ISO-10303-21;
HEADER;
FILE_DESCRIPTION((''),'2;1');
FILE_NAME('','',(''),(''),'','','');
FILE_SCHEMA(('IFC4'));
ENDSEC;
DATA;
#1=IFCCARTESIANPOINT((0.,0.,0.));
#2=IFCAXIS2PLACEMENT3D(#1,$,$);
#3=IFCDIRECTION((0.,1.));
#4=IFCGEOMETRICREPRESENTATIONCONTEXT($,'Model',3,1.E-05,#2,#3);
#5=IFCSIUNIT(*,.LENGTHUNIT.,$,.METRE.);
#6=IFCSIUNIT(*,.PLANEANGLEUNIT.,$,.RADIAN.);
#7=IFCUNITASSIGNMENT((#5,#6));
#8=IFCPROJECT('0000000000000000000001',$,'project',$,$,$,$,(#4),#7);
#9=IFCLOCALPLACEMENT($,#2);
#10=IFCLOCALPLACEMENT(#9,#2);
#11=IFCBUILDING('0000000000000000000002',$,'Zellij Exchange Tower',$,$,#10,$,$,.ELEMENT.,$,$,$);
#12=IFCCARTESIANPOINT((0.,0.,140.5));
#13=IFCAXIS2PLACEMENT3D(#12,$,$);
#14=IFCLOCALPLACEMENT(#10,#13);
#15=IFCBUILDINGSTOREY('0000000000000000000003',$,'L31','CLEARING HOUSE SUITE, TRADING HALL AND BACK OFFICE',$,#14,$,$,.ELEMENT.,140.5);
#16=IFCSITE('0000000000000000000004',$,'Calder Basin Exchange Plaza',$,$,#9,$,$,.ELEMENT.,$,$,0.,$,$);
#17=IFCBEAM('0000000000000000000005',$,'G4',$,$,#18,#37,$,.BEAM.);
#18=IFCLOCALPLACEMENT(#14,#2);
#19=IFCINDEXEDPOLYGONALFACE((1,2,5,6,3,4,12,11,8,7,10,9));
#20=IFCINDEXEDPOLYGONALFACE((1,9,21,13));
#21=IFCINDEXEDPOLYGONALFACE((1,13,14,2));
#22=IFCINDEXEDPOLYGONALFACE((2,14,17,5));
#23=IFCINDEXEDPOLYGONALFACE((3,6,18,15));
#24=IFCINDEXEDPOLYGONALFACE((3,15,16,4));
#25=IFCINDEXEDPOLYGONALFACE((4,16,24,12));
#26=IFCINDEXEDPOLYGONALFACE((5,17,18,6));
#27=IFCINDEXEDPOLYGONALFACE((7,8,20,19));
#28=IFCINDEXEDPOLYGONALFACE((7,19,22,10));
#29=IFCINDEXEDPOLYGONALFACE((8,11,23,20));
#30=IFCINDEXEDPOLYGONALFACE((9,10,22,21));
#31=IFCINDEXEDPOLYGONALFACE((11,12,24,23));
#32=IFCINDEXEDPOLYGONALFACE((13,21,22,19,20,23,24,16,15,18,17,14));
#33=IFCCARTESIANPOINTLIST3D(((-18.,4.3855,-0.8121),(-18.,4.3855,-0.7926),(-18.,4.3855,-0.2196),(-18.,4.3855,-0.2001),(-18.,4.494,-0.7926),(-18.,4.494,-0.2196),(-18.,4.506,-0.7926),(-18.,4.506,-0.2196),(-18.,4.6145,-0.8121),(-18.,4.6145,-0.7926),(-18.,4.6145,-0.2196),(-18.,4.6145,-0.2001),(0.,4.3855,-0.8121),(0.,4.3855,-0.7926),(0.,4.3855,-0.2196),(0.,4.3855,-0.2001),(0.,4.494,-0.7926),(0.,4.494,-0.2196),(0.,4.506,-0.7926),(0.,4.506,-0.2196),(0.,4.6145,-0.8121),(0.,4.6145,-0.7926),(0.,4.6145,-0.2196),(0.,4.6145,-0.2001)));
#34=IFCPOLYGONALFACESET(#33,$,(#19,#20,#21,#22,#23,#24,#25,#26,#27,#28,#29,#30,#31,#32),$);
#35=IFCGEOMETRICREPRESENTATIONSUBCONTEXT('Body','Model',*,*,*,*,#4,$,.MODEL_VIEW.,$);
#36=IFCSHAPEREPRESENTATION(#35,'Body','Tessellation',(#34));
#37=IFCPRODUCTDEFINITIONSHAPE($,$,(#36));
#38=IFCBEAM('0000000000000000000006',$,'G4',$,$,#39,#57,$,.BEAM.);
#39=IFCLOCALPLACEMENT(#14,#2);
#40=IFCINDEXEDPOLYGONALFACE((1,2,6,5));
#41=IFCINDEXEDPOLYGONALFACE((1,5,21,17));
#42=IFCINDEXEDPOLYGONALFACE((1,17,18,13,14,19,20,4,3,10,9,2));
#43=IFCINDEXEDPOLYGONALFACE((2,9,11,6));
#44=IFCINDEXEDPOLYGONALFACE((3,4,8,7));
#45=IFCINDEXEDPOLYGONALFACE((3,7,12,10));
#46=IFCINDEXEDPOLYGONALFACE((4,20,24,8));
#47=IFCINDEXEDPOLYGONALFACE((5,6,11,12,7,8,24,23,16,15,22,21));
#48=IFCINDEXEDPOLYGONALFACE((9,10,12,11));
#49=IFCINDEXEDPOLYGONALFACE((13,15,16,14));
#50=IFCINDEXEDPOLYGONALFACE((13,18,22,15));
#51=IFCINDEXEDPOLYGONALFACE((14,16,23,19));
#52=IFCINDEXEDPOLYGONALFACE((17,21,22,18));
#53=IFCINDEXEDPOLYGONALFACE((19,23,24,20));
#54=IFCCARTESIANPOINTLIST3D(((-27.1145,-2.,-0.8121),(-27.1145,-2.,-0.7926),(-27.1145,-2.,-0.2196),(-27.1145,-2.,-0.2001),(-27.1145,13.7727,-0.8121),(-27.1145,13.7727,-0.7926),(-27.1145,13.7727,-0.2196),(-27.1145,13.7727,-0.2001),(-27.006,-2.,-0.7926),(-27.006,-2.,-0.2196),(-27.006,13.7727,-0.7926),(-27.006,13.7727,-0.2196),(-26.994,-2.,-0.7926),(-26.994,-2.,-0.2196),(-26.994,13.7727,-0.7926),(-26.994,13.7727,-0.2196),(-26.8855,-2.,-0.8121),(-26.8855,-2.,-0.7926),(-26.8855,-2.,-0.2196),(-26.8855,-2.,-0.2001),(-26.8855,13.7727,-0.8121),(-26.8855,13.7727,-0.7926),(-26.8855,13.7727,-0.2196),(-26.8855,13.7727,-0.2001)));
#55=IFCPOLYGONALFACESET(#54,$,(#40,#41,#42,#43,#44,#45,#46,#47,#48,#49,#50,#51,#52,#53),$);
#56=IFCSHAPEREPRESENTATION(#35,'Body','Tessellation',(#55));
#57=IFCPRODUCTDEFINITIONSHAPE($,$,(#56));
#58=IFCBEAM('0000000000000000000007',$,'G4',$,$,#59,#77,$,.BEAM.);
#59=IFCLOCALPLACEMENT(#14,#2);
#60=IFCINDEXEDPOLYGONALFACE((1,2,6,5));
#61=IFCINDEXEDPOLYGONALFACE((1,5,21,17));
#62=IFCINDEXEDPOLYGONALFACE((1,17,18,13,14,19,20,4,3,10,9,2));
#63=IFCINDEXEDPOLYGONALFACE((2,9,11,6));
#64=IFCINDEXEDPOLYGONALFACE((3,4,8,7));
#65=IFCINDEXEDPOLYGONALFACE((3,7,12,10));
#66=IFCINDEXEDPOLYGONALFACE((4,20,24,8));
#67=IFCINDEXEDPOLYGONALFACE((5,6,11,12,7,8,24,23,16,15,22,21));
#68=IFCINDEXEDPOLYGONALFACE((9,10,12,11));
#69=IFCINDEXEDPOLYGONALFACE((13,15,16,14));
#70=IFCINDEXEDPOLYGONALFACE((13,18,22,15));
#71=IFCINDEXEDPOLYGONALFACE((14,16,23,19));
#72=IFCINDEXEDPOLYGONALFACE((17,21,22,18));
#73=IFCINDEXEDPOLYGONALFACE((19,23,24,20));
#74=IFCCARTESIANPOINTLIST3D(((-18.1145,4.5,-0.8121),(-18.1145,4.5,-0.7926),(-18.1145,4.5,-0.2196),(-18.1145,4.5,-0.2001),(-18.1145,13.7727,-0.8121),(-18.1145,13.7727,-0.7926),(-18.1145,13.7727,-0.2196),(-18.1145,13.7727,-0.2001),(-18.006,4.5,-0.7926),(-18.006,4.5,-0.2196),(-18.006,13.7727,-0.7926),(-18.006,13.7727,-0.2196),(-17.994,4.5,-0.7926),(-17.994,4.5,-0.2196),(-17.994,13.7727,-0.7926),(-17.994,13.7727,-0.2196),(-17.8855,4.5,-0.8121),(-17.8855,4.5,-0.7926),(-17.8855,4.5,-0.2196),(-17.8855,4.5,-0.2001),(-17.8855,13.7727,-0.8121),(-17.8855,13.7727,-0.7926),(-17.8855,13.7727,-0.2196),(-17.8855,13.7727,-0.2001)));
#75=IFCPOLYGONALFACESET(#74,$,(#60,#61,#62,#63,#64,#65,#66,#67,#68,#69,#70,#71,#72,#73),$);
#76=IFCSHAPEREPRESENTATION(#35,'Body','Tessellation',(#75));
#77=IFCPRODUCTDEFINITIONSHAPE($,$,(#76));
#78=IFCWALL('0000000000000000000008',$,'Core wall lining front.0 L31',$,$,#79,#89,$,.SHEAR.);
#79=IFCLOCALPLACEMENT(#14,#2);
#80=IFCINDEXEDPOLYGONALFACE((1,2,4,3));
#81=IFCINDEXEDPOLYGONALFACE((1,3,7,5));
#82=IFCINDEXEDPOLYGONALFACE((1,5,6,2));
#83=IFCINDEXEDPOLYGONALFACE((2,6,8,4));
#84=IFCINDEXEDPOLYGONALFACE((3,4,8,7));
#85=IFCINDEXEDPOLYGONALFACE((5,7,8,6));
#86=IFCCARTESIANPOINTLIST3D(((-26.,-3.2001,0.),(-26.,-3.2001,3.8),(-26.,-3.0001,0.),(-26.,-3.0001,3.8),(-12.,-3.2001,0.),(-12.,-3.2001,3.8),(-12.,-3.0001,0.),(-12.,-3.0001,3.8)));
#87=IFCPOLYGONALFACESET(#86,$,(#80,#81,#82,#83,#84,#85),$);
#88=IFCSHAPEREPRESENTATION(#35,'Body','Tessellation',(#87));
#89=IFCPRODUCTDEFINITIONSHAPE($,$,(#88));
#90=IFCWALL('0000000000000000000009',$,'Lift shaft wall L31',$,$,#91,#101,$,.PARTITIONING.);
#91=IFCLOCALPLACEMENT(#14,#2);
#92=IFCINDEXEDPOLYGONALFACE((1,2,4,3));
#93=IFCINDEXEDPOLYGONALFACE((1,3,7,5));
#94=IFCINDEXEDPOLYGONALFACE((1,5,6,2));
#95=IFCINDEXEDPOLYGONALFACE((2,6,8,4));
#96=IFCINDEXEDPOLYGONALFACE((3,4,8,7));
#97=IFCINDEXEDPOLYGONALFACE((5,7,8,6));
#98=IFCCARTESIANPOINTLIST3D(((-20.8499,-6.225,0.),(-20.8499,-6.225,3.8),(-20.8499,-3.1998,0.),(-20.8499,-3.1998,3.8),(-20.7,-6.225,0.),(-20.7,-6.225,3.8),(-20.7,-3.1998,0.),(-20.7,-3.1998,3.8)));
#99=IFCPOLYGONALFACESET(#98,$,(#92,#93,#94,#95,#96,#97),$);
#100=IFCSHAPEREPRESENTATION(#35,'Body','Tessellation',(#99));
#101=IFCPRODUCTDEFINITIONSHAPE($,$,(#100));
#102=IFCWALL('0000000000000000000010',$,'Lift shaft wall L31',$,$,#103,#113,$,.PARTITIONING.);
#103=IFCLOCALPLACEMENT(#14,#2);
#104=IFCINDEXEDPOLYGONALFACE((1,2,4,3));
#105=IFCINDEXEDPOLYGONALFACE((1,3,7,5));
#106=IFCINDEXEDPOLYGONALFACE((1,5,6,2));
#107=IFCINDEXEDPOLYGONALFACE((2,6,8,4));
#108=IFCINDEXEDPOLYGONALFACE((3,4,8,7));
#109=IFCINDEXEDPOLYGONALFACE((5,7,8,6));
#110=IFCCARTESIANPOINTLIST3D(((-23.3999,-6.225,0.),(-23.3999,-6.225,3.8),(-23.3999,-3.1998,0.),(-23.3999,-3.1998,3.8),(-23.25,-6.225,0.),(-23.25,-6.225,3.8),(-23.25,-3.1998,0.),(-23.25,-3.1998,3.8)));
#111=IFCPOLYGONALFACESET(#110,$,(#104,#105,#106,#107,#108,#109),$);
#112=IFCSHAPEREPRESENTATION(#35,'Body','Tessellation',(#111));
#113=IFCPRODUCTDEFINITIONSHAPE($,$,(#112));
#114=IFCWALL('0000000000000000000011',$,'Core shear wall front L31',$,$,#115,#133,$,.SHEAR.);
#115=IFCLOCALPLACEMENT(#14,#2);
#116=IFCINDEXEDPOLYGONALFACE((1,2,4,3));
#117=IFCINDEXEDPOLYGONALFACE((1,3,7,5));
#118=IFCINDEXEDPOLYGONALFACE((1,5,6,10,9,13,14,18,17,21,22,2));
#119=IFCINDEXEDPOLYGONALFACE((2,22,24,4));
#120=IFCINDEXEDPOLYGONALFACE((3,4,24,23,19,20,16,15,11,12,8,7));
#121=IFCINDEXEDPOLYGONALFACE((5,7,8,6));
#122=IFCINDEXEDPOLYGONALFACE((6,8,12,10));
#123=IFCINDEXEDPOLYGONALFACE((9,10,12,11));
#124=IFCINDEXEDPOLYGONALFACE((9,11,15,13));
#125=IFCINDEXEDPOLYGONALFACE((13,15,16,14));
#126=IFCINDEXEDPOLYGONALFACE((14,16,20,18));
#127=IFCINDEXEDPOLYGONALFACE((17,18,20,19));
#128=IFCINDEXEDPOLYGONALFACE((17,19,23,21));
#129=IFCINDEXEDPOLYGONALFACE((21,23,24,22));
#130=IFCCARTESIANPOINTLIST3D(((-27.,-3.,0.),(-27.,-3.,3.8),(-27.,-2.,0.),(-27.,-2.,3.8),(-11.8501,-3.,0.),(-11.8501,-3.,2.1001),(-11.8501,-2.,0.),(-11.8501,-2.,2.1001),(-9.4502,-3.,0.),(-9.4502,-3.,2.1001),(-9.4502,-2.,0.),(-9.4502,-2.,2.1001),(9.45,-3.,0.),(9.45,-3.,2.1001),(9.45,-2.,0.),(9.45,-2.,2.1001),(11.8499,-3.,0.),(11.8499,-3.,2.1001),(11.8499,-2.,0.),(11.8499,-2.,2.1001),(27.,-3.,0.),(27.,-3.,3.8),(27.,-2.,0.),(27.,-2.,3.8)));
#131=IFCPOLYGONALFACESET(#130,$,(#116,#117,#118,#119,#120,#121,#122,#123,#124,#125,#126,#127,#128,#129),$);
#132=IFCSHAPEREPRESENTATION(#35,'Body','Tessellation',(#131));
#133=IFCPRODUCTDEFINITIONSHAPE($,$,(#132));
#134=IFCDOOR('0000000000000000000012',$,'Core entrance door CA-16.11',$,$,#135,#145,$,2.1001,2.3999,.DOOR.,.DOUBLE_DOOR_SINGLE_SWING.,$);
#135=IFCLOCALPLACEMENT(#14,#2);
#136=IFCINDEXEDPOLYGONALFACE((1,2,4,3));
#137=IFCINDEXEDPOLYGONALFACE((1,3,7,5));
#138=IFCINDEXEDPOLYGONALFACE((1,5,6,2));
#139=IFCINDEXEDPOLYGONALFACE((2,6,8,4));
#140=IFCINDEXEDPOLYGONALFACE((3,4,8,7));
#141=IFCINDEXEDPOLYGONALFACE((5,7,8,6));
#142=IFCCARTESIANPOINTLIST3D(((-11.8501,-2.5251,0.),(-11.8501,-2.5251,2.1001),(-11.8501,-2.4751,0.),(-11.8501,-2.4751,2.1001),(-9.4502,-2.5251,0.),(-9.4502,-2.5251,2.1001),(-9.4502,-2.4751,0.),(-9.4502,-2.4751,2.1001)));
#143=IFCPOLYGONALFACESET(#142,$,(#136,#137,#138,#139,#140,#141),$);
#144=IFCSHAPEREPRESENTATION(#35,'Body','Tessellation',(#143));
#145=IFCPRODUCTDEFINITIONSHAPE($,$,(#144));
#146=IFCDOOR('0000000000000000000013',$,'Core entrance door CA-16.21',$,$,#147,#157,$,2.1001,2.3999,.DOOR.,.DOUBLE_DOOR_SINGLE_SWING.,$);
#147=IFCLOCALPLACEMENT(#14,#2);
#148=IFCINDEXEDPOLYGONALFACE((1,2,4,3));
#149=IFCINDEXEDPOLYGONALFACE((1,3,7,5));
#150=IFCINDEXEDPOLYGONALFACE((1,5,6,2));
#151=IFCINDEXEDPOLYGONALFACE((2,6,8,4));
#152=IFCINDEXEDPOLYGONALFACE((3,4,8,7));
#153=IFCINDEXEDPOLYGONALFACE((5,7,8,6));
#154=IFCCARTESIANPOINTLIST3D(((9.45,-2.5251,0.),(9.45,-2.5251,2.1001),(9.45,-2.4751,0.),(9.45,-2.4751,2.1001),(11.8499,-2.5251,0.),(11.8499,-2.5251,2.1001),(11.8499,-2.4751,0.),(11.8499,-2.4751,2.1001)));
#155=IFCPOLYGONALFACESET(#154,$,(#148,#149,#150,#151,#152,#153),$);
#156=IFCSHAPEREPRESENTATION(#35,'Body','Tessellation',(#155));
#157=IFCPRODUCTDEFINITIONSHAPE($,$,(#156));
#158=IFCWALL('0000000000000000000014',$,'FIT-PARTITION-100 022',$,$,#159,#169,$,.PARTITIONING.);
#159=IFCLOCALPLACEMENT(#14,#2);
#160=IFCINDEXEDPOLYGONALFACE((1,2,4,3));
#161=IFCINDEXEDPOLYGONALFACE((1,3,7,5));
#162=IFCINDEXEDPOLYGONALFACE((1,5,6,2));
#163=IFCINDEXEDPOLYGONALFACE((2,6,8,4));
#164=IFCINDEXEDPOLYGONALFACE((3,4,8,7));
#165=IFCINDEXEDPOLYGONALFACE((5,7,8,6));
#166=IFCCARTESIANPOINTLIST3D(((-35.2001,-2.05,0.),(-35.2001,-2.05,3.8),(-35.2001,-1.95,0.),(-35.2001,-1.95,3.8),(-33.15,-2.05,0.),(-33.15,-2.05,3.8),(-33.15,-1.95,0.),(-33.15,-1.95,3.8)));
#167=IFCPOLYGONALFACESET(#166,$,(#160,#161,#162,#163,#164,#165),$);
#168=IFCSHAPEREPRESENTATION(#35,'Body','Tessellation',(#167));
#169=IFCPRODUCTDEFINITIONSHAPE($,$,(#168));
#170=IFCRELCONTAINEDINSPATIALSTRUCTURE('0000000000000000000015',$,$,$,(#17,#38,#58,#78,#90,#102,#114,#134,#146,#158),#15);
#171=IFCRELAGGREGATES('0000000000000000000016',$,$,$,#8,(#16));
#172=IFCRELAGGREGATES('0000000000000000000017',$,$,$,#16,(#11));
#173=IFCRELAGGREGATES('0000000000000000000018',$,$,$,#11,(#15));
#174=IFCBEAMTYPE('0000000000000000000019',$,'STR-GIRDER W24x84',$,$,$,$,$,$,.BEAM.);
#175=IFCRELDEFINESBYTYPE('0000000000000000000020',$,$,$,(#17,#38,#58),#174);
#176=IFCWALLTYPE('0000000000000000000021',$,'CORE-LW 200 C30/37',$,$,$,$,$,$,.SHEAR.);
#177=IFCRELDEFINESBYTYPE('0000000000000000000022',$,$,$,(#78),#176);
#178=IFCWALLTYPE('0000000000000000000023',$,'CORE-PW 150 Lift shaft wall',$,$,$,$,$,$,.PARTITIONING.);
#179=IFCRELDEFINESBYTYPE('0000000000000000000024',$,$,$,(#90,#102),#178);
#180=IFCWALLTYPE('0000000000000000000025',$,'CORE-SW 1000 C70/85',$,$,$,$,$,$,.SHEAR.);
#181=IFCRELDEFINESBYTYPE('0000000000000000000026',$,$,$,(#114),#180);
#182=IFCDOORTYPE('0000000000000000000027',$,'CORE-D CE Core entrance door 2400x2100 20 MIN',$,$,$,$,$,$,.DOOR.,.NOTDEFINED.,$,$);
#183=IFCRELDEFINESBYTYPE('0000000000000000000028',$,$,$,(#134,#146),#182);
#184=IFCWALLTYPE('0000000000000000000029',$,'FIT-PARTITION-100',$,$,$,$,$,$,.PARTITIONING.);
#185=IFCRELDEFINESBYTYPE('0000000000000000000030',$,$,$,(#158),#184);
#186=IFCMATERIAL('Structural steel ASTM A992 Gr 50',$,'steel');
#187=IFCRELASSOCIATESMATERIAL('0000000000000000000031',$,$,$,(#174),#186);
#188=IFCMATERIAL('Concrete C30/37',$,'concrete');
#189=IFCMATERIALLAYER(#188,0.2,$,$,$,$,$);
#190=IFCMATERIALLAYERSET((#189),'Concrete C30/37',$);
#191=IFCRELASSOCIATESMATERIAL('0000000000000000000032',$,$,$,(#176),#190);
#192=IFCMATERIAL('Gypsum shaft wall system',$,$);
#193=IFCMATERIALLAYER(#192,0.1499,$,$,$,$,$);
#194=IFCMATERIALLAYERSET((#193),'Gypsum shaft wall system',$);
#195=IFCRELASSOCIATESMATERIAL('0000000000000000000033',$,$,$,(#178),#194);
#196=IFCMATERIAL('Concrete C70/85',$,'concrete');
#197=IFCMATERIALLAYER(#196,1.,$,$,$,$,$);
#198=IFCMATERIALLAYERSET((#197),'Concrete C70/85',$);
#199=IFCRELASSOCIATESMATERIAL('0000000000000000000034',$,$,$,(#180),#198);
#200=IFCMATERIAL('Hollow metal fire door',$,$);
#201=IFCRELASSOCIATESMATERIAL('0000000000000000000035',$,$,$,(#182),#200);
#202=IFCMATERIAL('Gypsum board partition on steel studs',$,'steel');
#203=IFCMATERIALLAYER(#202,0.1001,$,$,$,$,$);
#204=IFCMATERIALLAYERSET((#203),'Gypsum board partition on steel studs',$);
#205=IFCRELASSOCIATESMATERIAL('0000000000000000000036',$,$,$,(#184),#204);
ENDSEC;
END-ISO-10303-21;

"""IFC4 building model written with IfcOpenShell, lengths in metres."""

from ifc_helpers import new_model, si_unit, direction, frame, frame_2d, origin, origin_2d, place, context, subcontext, project, spatial, rectangle, i_section, extrude, material, layer, layer_set, material_profile, profile_set, type_object, element, fill, save


model = new_model("IFC4")

# Units and contexts
model_context = context("Model", 3, precision=1e-05, world=origin(), true_north=direction((0.0, 1.0)))
body_context = subcontext(model_context, "Body", "Model", "MODEL_VIEW")
ifc_project = project(units=[si_unit("LENGTHUNIT", "METRE"), si_unit("PLANEANGLEUNIT", "RADIAN")], contexts=[model_context])

# Site, building, storey
site_placement = place(None, origin())
site = spatial("IfcSite", under=ifc_project, at=site_placement, Name="Calder Basin Exchange Plaza", CompositionType="ELEMENT", RefElevation=0.0)
building_placement = place(site_placement, origin())
building = spatial("IfcBuilding", under=site, at=building_placement, Name="Zellij Exchange Tower", CompositionType="ELEMENT")
storey_placement = place(building_placement, frame((0.0, 0.0, 140.5)))
storey = spatial("IfcBuildingStorey", under=building, at=storey_placement, Name="L31", Description="CLEARING HOUSE SUITE, TRADING HALL AND BACK OFFICE", CompositionType="ELEMENT", Elevation=140.5)

# Shared definitions
ifc_material_1 = material(Name="Concrete C70/85", Category="concrete")

# Beams
ifc_material_2 = material(Name="Structural steel ASTM A992 Gr 50", Category="steel")
ifc_material_profile_1 = material_profile(ifc_material_2, i_section(OverallWidth=0.229, OverallDepth=0.6121, WebThickness=0.012, FlangeThickness=0.0195, at=origin_2d()), Name="W24x84")
ifc_profile_set_1 = profile_set([ifc_material_profile_1], Name="Structural steel ASTM A992 Gr 50")
beam_type_1 = type_object("IfcBeamType", Name="STR-GIRDER W24x84", PredefinedType="BEAM", material=ifc_profile_set_1)
beam_1_placement = place(storey_placement, frame((-18.0, 4.5, -0.5061), z_axis=(1.0, 0.0, 0.0), x_axis=(0.0, 1.0, 0.0)))
element("IfcBeam", 1, at=beam_1_placement, inside=storey, type_object=beam_type_1, Name="G4", PredefinedType="BEAM", context=body_context, shape_type="SweptSolid", body=[
    extrude(i_section(OverallWidth=0.229, OverallDepth=0.6121, WebThickness=0.012, FlangeThickness=0.0195, at=origin_2d()), origin(), (0.0, 0.0, 1.0), 18.0),
])
beam_2_placement = place(storey_placement, frame((-27.0, -2.0, -0.5061), z_axis=(0.0, 1.0, 0.0), x_axis=(-1.0, 0.0, 0.0)))
element("IfcBeam", 2, at=beam_2_placement, inside=storey, type_object=beam_type_1, Name="G4", PredefinedType="BEAM", context=body_context, shape_type="SweptSolid", body=[
    extrude(i_section(OverallWidth=0.229, OverallDepth=0.6121, WebThickness=0.012, FlangeThickness=0.0195, at=origin_2d()), origin(), (0.0, 0.0, 1.0), 15.7727),
])
beam_3_placement = place(storey_placement, frame((-18.0, 4.5, -0.5061), z_axis=(0.0, 1.0, 0.0), x_axis=(-1.0, 0.0, 0.0)))
element("IfcBeam", 3, at=beam_3_placement, inside=storey, type_object=beam_type_1, Name="G4", PredefinedType="BEAM", context=body_context, shape_type="SweptSolid", body=[
    extrude(i_section(OverallWidth=0.229, OverallDepth=0.6121, WebThickness=0.012, FlangeThickness=0.0195, at=origin_2d()), origin(), (0.0, 0.0, 1.0), 9.2727),
])

# Walls
ifc_material_3 = material(Name="Concrete C30/37", Category="concrete")
ifc_layer_1 = layer(ifc_material_3, 0.2)
ifc_layer_set_1 = layer_set([ifc_layer_1], Name="Concrete C30/37")
wall_type_1 = type_object("IfcWallType", Name="CORE-LW 200 C30/37", PredefinedType="SHEAR", material=ifc_layer_set_1)
wall_1_placement = place(storey_placement, frame((-26.0, -3.1001, 0.0), z_axis=(0.0, 0.0, 1.0), x_axis=(1.0, 0.0, 0.0)))
element("IfcWall", 4, at=wall_1_placement, inside=storey, type_object=wall_type_1, Name="Core wall lining front.0 L31", PredefinedType="SHEAR", context=body_context, shape_type="SweptSolid", body=[
    extrude(rectangle(XDim=14.0, YDim=0.2, at=frame_2d((7.0, 0.0))), origin(), (0.0, 0.0, 1.0), 3.8),
])
ifc_material_4 = material(Name="Gypsum shaft wall system")
ifc_layer_2 = layer(ifc_material_4, 0.1499)
ifc_layer_set_2 = layer_set([ifc_layer_2], Name="Gypsum shaft wall system")
wall_type_2 = type_object("IfcWallType", Name="CORE-PW 150 Lift shaft wall", PredefinedType="PARTITIONING", material=ifc_layer_set_2)
for number, where, z_axis, x_axis, name in (
    (5, (-20.7749, -6.2251, 0.0), (0.0, 0.0, 1.0), (0.0, 1.0, 0.0), "Lift shaft wall L31"),
    (6, (-23.325, -6.2251, 0.0), (0.0, 0.0, 1.0), (0.0, 1.0, 0.0), "Lift shaft wall L31"),
):
    element("IfcWall", number, at=place(storey_placement, frame(where, z_axis=z_axis, x_axis=x_axis)), inside=storey, type_object=wall_type_2, Name=name, PredefinedType="PARTITIONING", context=body_context, shape_type="SweptSolid", body=[
        extrude(rectangle(XDim=3.0251, YDim=0.1499, at=frame_2d((1.5127, 0.0))), origin(), (0.0, 0.0, 1.0), 3.8),
    ])

# Wall, openings, doors
ifc_layer_3 = layer(ifc_material_1, 1.0)
ifc_layer_set_3 = layer_set([ifc_layer_3], Name="Concrete C70/85")
wall_type_3 = type_object("IfcWallType", Name="CORE-SW 1000 C70/85", PredefinedType="SHEAR", material=ifc_layer_set_3)
wall_2_placement = place(storey_placement, frame((-27.0, -2.5, 0.0), z_axis=(0.0, 0.0, 1.0), x_axis=(1.0, 0.0, 0.0)))
wall_2 = element("IfcWall", 7, at=wall_2_placement, inside=storey, type_object=wall_type_3, Name="Core shear wall front L31", PredefinedType="SHEAR", context=body_context, shape_type="SweptSolid", body=[
    extrude(rectangle(XDim=54.0, YDim=1.0, at=frame_2d((27.0, 0.0))), origin(), (0.0, 0.0, 1.0), 3.8),
])
opening_1_placement = place(wall_2_placement, frame((15.1499, 0.0, 0.0)))
opening_1 = element("IfcOpeningElement", 8, at=opening_1_placement, cuts=wall_2, PredefinedType="OPENING", context=body_context, shape_type="SweptSolid", body=[
    extrude(rectangle(XDim=2.3999, YDim=2.1001, at=frame_2d((1.2, 1.05))), frame((0.0, 0.512, 0.0), z_axis=(0.0, -1.0, 0.0), x_axis=(1.0, 0.0, 0.0)), (0.0, 0.0, 1.0), 1.0239),
])
opening_2_placement = place(wall_2_placement, frame((36.45, 0.0, 0.0)))
opening_2 = element("IfcOpeningElement", 9, at=opening_2_placement, cuts=wall_2, PredefinedType="OPENING", context=body_context, shape_type="SweptSolid", body=[
    extrude(rectangle(XDim=2.3999, YDim=2.1001, at=frame_2d((1.2, 1.05))), frame((0.0, 0.512, 0.0), z_axis=(0.0, -1.0, 0.0), x_axis=(1.0, 0.0, 0.0)), (0.0, 0.0, 1.0), 1.0239),
])
ifc_material_5 = material(Name="Hollow metal fire door")
door_type_1 = type_object("IfcDoorType", Name="CORE-D CE Core entrance door 2400x2100 20 MIN", OperationType="NOTDEFINED", PredefinedType="DOOR", material=ifc_material_5)
door_1_placement = place(opening_1_placement, origin())
door_1 = element("IfcDoor", 10, at=door_1_placement, inside=storey, type_object=door_type_1, Name="Core entrance door CA-16.11", OperationType="DOUBLE_DOOR_SINGLE_SWING", OverallHeight=2.1001, OverallWidth=2.3999, PredefinedType="DOOR", context=body_context, shape_type="SweptSolid", body=[
    extrude(rectangle(XDim=2.3999, YDim=2.1001, at=frame_2d((1.2, 1.05))), frame((0.0, 0.0249, 0.0), z_axis=(0.0, -1.0, 0.0), x_axis=(1.0, 0.0, 0.0)), (0.0, 0.0, 1.0), 0.05),
])
fill(opening_1, door_1)
door_2_placement = place(opening_2_placement, origin())
door_2 = element("IfcDoor", 11, at=door_2_placement, inside=storey, type_object=door_type_1, Name="Core entrance door CA-16.21", OperationType="DOUBLE_DOOR_SINGLE_SWING", OverallHeight=2.1001, OverallWidth=2.3999, PredefinedType="DOOR", context=body_context, shape_type="SweptSolid", body=[
    extrude(rectangle(XDim=2.3999, YDim=2.1001, at=frame_2d((1.2, 1.05))), frame((0.0, 0.0249, 0.0), z_axis=(0.0, -1.0, 0.0), x_axis=(1.0, 0.0, 0.0)), (0.0, 0.0, 1.0), 0.05),
])
fill(opening_2, door_2)

# Wall
ifc_material_6 = material(Name="Gypsum board partition on steel studs", Category="steel")
ifc_layer_4 = layer(ifc_material_6, 0.1001)
ifc_layer_set_4 = layer_set([ifc_layer_4], Name="Gypsum board partition on steel studs")
wall_type_4 = type_object("IfcWallType", Name="FIT-PARTITION-100", PredefinedType="PARTITIONING", material=ifc_layer_set_4)
wall_3_placement = place(storey_placement, frame((-35.2, -2.0, 0.0), z_axis=(0.0, 0.0, 1.0), x_axis=(1.0, 0.0, 0.0)))
element("IfcWall", 12, at=wall_3_placement, inside=storey, type_object=wall_type_4, Name="FIT-PARTITION-100 022", PredefinedType="PARTITIONING", context=body_context, shape_type="SweptSolid", body=[
    extrude(rectangle(XDim=2.05, YDim=0.1001, at=frame_2d((1.0249, 0.0))), origin(), (0.0, 0.0, 1.0), 3.8),
])

save(model, "model.ifc")
